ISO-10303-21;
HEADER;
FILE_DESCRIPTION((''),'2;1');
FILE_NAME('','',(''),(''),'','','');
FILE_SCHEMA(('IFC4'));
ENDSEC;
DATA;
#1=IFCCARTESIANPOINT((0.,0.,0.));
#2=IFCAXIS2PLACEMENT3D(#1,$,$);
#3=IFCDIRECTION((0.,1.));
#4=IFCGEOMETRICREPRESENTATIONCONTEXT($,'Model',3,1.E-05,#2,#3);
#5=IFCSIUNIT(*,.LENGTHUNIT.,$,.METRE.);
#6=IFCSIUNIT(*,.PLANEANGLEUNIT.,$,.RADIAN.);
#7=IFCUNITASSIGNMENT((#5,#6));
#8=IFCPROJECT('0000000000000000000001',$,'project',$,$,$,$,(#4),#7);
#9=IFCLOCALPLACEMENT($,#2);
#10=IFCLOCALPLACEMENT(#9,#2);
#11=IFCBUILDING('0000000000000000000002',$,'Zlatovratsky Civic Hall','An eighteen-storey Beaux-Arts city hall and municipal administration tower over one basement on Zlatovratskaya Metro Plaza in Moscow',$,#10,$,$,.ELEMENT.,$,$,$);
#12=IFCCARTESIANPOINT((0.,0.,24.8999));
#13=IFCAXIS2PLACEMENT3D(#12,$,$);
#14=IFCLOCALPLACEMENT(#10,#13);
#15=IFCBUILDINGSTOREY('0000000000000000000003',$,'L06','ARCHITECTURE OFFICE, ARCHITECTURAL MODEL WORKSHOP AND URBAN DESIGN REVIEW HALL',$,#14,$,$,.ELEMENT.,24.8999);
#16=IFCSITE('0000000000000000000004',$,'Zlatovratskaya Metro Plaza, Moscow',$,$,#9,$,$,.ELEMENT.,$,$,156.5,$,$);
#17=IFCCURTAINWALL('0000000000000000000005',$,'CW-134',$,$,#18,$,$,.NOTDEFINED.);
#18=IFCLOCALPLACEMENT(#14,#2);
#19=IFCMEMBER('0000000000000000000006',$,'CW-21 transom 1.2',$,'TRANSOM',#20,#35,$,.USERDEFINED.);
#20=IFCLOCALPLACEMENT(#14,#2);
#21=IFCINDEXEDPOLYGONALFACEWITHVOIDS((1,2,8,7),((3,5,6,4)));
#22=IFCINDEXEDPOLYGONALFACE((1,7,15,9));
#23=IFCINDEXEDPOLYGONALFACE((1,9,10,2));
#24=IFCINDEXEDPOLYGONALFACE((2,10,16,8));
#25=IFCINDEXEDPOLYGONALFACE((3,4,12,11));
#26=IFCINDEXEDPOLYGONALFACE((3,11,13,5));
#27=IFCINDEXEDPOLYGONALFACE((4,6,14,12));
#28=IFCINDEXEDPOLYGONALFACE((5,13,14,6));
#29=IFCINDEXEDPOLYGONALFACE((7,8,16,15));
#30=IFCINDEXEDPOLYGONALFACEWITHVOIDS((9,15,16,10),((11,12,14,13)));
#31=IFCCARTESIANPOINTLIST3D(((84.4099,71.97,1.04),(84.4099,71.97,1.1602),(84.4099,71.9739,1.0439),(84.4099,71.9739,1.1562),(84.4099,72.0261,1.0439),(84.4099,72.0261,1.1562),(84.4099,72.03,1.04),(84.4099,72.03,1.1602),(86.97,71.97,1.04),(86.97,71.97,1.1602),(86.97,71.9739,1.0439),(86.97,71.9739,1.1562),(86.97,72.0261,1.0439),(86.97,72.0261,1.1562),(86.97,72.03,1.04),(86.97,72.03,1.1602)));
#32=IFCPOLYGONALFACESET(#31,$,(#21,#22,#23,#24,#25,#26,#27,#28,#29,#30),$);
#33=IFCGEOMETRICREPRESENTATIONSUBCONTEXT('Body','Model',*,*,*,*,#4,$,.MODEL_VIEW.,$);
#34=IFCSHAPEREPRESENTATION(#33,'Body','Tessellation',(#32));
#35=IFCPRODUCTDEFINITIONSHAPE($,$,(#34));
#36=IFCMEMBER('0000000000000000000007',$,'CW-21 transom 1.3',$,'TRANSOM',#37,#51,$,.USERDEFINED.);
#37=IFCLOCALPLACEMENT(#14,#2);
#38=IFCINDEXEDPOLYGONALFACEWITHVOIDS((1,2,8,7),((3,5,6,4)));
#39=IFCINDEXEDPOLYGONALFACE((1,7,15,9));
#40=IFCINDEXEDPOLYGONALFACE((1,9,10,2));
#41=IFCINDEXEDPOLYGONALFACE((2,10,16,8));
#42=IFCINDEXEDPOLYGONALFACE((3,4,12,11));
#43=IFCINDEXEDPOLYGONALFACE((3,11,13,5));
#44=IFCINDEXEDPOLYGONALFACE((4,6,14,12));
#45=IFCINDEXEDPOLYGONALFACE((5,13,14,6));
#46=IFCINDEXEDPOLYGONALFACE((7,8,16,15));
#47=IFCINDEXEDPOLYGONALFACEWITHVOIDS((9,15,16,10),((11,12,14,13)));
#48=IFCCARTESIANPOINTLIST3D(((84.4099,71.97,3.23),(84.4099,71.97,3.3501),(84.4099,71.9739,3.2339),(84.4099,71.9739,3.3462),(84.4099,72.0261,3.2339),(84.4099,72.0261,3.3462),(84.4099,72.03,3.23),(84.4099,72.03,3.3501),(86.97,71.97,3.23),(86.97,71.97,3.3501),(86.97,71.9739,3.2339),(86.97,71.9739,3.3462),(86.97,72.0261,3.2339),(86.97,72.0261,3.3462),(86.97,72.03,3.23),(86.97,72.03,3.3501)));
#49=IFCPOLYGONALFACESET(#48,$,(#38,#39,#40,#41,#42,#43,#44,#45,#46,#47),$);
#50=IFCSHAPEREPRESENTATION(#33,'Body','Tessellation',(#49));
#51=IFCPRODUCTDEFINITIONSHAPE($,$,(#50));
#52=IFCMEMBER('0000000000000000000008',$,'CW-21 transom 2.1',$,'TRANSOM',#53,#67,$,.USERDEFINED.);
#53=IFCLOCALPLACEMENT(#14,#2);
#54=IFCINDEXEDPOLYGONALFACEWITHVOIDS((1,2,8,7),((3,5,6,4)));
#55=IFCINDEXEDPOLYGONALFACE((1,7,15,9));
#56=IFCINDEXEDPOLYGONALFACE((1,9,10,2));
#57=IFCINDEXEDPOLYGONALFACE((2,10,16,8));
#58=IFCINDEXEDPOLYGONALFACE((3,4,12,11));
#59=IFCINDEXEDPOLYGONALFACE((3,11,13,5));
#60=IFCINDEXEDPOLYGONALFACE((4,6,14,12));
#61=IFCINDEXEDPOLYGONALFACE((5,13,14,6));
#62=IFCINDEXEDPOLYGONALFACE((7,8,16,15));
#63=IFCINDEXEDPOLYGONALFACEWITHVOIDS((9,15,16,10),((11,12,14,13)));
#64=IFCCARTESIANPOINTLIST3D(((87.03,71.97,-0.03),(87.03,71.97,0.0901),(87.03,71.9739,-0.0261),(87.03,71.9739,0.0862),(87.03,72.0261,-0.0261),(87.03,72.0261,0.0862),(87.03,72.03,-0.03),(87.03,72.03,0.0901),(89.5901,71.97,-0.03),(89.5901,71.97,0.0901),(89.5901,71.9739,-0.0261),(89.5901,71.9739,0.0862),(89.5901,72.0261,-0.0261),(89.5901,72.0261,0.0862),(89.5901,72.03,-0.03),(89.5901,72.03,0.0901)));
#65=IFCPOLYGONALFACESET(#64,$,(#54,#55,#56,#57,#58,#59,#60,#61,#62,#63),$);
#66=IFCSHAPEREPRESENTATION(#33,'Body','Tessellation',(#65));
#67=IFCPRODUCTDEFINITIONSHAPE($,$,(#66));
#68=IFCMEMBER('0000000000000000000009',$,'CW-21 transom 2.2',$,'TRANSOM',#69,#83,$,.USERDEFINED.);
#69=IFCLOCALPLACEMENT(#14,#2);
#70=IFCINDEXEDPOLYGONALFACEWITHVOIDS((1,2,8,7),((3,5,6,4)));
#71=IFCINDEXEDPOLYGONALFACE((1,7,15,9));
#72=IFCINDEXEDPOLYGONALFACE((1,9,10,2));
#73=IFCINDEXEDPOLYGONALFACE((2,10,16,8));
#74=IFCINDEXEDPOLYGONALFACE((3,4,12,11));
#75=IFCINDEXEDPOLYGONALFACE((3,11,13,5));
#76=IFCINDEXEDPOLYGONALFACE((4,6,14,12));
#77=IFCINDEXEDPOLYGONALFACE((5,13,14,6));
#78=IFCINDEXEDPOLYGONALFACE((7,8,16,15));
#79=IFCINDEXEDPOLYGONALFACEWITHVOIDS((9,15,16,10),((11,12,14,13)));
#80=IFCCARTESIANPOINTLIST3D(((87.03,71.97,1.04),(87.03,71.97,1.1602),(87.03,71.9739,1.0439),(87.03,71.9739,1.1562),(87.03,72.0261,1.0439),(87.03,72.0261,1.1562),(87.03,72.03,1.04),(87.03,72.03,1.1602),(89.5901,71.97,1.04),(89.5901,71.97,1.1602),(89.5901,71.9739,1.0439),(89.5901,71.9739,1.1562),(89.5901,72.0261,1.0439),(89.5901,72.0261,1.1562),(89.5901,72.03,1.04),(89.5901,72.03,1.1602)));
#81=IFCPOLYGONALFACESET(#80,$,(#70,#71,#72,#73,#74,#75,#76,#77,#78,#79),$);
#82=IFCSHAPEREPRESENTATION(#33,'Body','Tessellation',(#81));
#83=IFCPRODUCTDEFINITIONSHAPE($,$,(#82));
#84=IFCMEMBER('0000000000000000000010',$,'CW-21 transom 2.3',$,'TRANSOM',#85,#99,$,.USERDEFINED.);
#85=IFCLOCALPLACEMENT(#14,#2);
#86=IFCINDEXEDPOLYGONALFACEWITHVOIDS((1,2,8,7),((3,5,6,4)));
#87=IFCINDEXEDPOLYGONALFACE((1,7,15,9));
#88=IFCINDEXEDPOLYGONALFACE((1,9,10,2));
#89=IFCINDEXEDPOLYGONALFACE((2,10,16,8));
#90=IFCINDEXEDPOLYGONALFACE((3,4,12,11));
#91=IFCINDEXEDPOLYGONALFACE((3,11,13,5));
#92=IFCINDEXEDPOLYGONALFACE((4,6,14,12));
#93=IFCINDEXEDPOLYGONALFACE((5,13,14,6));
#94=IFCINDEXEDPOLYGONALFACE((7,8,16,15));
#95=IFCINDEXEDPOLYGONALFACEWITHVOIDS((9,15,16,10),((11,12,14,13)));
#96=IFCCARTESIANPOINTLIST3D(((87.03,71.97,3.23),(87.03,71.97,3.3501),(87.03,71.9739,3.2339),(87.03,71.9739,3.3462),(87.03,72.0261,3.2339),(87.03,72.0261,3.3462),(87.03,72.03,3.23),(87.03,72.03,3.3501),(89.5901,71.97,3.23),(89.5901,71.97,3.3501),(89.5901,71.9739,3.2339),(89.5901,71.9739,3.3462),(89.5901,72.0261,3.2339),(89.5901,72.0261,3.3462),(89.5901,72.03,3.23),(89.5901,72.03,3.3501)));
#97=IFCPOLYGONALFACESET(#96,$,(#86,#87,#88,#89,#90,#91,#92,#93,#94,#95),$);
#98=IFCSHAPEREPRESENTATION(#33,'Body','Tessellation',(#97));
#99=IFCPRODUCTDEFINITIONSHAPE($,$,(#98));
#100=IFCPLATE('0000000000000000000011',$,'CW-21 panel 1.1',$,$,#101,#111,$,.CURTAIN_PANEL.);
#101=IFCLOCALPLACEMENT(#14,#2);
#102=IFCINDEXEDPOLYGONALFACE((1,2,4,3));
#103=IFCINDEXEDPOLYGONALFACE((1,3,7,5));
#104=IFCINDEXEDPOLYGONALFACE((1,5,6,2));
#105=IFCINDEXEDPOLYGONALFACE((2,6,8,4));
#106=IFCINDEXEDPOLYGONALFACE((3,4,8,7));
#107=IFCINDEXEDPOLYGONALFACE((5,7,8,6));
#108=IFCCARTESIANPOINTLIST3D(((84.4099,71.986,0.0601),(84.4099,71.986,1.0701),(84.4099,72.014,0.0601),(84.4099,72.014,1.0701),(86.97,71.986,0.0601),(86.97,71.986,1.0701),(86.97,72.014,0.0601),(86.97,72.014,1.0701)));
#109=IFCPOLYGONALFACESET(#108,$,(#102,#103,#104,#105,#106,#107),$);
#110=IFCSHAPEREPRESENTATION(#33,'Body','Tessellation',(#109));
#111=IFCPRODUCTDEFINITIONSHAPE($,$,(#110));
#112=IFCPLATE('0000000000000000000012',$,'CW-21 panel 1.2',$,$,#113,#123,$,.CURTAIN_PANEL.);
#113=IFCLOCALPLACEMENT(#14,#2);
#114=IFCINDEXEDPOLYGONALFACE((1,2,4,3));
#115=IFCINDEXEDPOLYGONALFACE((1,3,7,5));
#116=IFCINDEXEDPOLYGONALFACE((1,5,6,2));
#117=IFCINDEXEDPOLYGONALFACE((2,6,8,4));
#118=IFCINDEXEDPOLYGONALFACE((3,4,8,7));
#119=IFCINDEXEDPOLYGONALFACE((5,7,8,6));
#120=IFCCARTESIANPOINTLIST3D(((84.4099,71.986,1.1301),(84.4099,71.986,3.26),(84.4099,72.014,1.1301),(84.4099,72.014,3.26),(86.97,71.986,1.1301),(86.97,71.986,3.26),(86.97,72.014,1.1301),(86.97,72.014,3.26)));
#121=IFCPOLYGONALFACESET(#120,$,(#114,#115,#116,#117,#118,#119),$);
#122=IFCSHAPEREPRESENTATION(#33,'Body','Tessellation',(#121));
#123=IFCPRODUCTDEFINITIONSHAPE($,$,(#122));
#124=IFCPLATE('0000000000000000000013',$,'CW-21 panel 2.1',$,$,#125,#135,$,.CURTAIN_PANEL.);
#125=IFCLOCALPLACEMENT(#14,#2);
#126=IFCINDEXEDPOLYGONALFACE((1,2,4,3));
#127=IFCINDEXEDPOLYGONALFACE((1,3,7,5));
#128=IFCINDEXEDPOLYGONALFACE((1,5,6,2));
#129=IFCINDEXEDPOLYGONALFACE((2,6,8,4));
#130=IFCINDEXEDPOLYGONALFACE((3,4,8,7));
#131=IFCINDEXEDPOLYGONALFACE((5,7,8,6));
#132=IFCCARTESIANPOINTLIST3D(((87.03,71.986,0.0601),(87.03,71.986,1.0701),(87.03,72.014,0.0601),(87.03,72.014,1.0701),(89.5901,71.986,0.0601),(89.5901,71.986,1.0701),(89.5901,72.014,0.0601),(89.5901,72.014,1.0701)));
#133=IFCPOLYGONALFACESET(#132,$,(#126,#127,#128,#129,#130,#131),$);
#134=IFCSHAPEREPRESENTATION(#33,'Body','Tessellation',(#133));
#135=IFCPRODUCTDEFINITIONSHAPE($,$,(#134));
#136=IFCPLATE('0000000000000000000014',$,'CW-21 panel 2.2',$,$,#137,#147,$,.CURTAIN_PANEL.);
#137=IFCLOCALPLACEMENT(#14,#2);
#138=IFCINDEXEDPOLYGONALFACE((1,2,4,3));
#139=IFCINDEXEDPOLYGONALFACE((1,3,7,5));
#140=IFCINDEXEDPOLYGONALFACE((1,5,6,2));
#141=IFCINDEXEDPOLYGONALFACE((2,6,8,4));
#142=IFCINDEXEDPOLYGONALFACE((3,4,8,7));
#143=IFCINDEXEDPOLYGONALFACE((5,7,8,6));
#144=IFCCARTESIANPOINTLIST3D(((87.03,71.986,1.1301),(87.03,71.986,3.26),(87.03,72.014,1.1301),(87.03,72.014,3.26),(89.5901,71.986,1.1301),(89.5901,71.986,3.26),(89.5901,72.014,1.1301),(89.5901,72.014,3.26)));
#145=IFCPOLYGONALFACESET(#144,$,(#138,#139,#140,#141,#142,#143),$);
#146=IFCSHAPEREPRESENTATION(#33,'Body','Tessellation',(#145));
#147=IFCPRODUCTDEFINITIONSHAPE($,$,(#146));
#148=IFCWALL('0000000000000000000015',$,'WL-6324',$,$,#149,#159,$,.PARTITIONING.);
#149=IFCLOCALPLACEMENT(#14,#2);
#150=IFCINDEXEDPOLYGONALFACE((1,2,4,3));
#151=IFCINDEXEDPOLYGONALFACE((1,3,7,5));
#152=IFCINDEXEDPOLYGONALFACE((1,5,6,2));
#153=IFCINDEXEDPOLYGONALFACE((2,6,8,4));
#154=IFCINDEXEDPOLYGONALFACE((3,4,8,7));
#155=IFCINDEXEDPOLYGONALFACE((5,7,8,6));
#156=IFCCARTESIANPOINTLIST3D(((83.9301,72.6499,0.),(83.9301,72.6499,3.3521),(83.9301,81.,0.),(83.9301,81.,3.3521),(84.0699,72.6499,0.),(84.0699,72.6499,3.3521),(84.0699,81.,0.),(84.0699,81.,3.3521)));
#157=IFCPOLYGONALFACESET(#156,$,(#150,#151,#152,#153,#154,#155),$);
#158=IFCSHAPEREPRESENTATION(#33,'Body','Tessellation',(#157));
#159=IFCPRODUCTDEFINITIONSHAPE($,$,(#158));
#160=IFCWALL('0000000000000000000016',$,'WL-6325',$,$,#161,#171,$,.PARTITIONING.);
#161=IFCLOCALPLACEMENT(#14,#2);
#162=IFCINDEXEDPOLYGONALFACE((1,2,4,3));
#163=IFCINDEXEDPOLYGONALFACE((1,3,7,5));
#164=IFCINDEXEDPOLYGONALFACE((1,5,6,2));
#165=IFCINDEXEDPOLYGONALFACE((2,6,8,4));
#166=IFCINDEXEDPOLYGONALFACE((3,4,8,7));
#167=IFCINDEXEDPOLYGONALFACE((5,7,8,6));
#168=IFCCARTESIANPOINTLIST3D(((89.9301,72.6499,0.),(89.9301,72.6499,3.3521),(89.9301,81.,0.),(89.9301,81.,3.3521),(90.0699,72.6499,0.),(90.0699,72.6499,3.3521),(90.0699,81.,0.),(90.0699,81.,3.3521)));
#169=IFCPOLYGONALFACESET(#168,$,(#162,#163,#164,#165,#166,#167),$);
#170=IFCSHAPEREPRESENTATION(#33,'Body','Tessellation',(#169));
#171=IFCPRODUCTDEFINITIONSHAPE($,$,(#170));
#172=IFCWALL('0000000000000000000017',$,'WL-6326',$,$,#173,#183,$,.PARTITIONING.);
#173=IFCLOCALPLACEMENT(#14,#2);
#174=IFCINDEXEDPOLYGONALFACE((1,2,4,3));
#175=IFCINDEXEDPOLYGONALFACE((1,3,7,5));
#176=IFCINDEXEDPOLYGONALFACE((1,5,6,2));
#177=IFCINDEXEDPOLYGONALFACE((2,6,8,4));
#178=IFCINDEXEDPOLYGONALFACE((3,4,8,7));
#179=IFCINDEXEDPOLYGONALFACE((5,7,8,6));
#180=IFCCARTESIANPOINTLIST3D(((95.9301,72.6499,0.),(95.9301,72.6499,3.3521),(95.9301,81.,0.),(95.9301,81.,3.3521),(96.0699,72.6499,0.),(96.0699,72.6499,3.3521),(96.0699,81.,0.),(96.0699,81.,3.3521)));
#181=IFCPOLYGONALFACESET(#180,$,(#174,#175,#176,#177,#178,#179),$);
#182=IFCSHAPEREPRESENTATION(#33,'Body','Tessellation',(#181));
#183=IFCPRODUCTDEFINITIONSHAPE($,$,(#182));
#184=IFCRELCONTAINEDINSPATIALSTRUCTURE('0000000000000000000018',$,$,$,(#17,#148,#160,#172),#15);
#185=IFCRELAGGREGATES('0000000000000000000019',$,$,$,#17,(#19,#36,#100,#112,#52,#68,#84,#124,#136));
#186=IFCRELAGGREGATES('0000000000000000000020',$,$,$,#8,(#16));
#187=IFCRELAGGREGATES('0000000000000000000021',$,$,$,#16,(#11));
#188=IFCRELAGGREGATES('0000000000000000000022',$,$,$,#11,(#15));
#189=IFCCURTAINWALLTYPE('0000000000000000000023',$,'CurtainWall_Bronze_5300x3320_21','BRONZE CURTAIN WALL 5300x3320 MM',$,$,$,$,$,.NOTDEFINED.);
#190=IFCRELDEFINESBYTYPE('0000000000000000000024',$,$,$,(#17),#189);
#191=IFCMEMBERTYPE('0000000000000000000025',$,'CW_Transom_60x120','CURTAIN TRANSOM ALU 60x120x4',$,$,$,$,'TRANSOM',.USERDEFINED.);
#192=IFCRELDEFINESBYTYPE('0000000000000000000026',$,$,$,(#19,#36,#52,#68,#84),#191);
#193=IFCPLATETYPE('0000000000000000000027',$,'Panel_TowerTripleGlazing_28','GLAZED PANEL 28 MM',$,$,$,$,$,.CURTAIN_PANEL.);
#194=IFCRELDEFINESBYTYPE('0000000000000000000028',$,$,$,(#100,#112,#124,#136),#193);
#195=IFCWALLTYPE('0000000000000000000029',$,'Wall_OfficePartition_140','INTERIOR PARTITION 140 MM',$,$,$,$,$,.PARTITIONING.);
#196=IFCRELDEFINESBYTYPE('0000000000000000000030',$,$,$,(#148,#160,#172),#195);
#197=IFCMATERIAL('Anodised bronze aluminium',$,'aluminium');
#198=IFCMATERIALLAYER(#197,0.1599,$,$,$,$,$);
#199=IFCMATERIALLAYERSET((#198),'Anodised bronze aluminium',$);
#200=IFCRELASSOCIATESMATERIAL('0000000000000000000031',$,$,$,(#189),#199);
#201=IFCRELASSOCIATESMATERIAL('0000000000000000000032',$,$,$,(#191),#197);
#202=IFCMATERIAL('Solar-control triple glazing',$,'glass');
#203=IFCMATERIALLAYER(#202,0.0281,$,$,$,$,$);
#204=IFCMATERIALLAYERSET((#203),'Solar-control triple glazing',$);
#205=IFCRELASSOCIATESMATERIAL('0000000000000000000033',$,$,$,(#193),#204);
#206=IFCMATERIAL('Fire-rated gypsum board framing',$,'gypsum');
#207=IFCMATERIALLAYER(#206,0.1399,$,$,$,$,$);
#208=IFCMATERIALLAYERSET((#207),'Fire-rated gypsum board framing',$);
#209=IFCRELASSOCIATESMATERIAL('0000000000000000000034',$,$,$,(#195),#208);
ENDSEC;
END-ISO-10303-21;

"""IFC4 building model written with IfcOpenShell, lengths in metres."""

from ifc_helpers import new_model, si_unit, direction, frame, frame_2d, origin, origin_2d, place, context, subcontext, project, spatial, rectangle, hollow_rectangle, extrude, material, layer, layer_set, material_profile, profile_set, type_object, element, aggregate, save


model = new_model("IFC4")

# Units and contexts
model_context = context("Model", 3, precision=1e-05, world=origin(), true_north=direction((0.0, 1.0)))
body_context = subcontext(model_context, "Body", "Model", "MODEL_VIEW")
ifc_project = project(units=[si_unit("LENGTHUNIT", "METRE"), si_unit("PLANEANGLEUNIT", "RADIAN")], contexts=[model_context])

# Site, building, storey
site_placement = place(None, origin())
site = spatial("IfcSite", under=ifc_project, at=site_placement, Name="Zlatovratskaya Metro Plaza, Moscow", CompositionType="ELEMENT", RefElevation=156.5)
building_placement = place(site_placement, origin())
building = spatial("IfcBuilding", under=site, at=building_placement, Name="Zlatovratsky Civic Hall", Description="An eighteen-storey Beaux-Arts city hall and municipal administration tower over one basement on Zlatovratskaya Metro Plaza in Moscow", CompositionType="ELEMENT")
storey_placement = place(building_placement, frame((0.0, 0.0, 24.8999)))
storey = spatial("IfcBuildingStorey", under=building, at=storey_placement, Name="L06", Description="ARCHITECTURE OFFICE, ARCHITECTURAL MODEL WORKSHOP AND URBAN DESIGN REVIEW HALL", CompositionType="ELEMENT", Elevation=24.8999)

# Shared definitions
ifc_material_1 = material(Name="Anodised bronze aluminium", Category="aluminium")
ifc_layer_1 = layer(ifc_material_1, 0.1599)
ifc_layer_set_1 = layer_set([ifc_layer_1], Name="Anodised bronze aluminium")
curtain_wall_type = type_object("IfcCurtainWallType", Name="CurtainWall_Bronze_5300x3320_21", Description="BRONZE CURTAIN WALL 5300x3320 MM", PredefinedType="NOTDEFINED", material=ifc_layer_set_1)

# Curtain wall, members, plates
curtain_wall_1_placement = place(storey_placement, origin())
curtain_wall_1 = element("IfcCurtainWall", 1, at=curtain_wall_1_placement, inside=storey, type_object=curtain_wall_type, Name="CW-134", PredefinedType="NOTDEFINED")
ifc_material_profile_1 = material_profile(ifc_material_1, hollow_rectangle(XDim=0.0601, YDim=0.1201, WallThickness=0.0039, at=origin_2d()), Name="ALU 60x120x4")
ifc_profile_set_1 = profile_set([ifc_material_profile_1], Name="Anodised bronze aluminium")
member_type_1 = type_object("IfcMemberType", Name="CW_Transom_60x120", Description="CURTAIN TRANSOM ALU 60x120x4", ElementType="TRANSOM", PredefinedType="USERDEFINED", material=ifc_profile_set_1)
member_1_placement = place(storey_placement, frame((84.4099, 72.0, 1.1001), z_axis=(1.0, 0.0, 0.0), x_axis=(0.0, 1.0, 0.0)))
member_1 = element("IfcMember", 2, at=member_1_placement, type_object=member_type_1, Name="CW-21 transom 1.2", ObjectType="TRANSOM", PredefinedType="USERDEFINED", context=body_context, shape_type="SweptSolid", body=[
    extrude(hollow_rectangle(XDim=0.0601, YDim=0.1201, WallThickness=0.0039, at=origin_2d()), origin(), (0.0, 0.0, 1.0), 2.5601),
])
member_2_placement = place(storey_placement, frame((84.4099, 72.0, 3.29), z_axis=(1.0, 0.0, 0.0), x_axis=(0.0, 1.0, 0.0)))
member_2 = element("IfcMember", 3, at=member_2_placement, type_object=member_type_1, Name="CW-21 transom 1.3", ObjectType="TRANSOM", PredefinedType="USERDEFINED", context=body_context, shape_type="SweptSolid", body=[
    extrude(hollow_rectangle(XDim=0.0601, YDim=0.1201, WallThickness=0.0039, at=origin_2d()), origin(), (0.0, 0.0, 1.0), 2.5601),
])
member_3_placement = place(storey_placement, frame((87.03, 72.0, 0.03), z_axis=(1.0, 0.0, 0.0), x_axis=(0.0, 1.0, 0.0)))
member_3 = element("IfcMember", 4, at=member_3_placement, type_object=member_type_1, Name="CW-21 transom 2.1", ObjectType="TRANSOM", PredefinedType="USERDEFINED", context=body_context, shape_type="SweptSolid", body=[
    extrude(hollow_rectangle(XDim=0.0601, YDim=0.1201, WallThickness=0.0039, at=origin_2d()), origin(), (0.0, 0.0, 1.0), 2.5601),
])
member_4_placement = place(storey_placement, frame((87.03, 72.0, 1.1001), z_axis=(1.0, 0.0, 0.0), x_axis=(0.0, 1.0, 0.0)))
member_4 = element("IfcMember", 5, at=member_4_placement, type_object=member_type_1, Name="CW-21 transom 2.2", ObjectType="TRANSOM", PredefinedType="USERDEFINED", context=body_context, shape_type="SweptSolid", body=[
    extrude(hollow_rectangle(XDim=0.0601, YDim=0.1201, WallThickness=0.0039, at=origin_2d()), origin(), (0.0, 0.0, 1.0), 2.5601),
])
member_5_placement = place(storey_placement, frame((87.03, 72.0, 3.29), z_axis=(1.0, 0.0, 0.0), x_axis=(0.0, 1.0, 0.0)))
member_5 = element("IfcMember", 6, at=member_5_placement, type_object=member_type_1, Name="CW-21 transom 2.3", ObjectType="TRANSOM", PredefinedType="USERDEFINED", context=body_context, shape_type="SweptSolid", body=[
    extrude(hollow_rectangle(XDim=0.0601, YDim=0.1201, WallThickness=0.0039, at=origin_2d()), origin(), (0.0, 0.0, 1.0), 2.5601),
])
ifc_material_2 = material(Name="Solar-control triple glazing", Category="glass")
ifc_layer_2 = layer(ifc_material_2, 0.0281)
ifc_layer_set_2 = layer_set([ifc_layer_2], Name="Solar-control triple glazing")
plate_type = type_object("IfcPlateType", Name="Panel_TowerTripleGlazing_28", Description="GLAZED PANEL 28 MM", PredefinedType="CURTAIN_PANEL", material=ifc_layer_set_2)
plate_1_placement = place(storey_placement, frame((85.6899, 72.0, 0.0601), z_axis=(0.0, 0.0, 1.0), x_axis=(1.0, 0.0, 0.0)))
plate_1 = element("IfcPlate", 7, at=plate_1_placement, type_object=plate_type, Name="CW-21 panel 1.1", PredefinedType="CURTAIN_PANEL", context=body_context, shape_type="SweptSolid", body=[
    extrude(rectangle(XDim=2.5601, YDim=0.0281, at=origin_2d()), origin(), (0.0, 0.0, 1.0), 1.01),
])
plate_2_placement = place(storey_placement, frame((85.6899, 72.0, 1.1301), z_axis=(0.0, 0.0, 1.0), x_axis=(1.0, 0.0, 0.0)))
plate_2 = element("IfcPlate", 8, at=plate_2_placement, type_object=plate_type, Name="CW-21 panel 1.2", PredefinedType="CURTAIN_PANEL", context=body_context, shape_type="SweptSolid", body=[
    extrude(rectangle(XDim=2.5601, YDim=0.0281, at=origin_2d()), origin(), (0.0, 0.0, 1.0), 2.1299),
])
plate_3_placement = place(storey_placement, frame((88.3101, 72.0, 0.0601), z_axis=(0.0, 0.0, 1.0), x_axis=(1.0, 0.0, 0.0)))
plate_3 = element("IfcPlate", 9, at=plate_3_placement, type_object=plate_type, Name="CW-21 panel 2.1", PredefinedType="CURTAIN_PANEL", context=body_context, shape_type="SweptSolid", body=[
    extrude(rectangle(XDim=2.5601, YDim=0.0281, at=origin_2d()), origin(), (0.0, 0.0, 1.0), 1.01),
])
plate_4_placement = place(storey_placement, frame((88.3101, 72.0, 1.1301), z_axis=(0.0, 0.0, 1.0), x_axis=(1.0, 0.0, 0.0)))
plate_4 = element("IfcPlate", 10, at=plate_4_placement, type_object=plate_type, Name="CW-21 panel 2.2", PredefinedType="CURTAIN_PANEL", context=body_context, shape_type="SweptSolid", body=[
    extrude(rectangle(XDim=2.5601, YDim=0.0281, at=origin_2d()), origin(), (0.0, 0.0, 1.0), 2.1299),
])
aggregate(curtain_wall_1, [member_1, member_2, plate_1, plate_2, member_3, member_4, member_5, plate_3, plate_4])

# Walls
ifc_material_3 = material(Name="Fire-rated gypsum board framing", Category="gypsum")
ifc_layer_3 = layer(ifc_material_3, 0.1399)
ifc_layer_set_3 = layer_set([ifc_layer_3], Name="Fire-rated gypsum board framing")
wall_type_1 = type_object("IfcWallType", Name="Wall_OfficePartition_140", Description="INTERIOR PARTITION 140 MM", PredefinedType="PARTITIONING", material=ifc_layer_set_3)
for number, where, z_axis, x_axis, name in (
    (11, (84.0, 72.6499, 0.0), (0.0, 0.0, 1.0), (0.0, 1.0, 0.0), "WL-6324"),
    (12, (90.0, 72.6499, 0.0), (0.0, 0.0, 1.0), (0.0, 1.0, 0.0), "WL-6325"),
    (13, (96.0, 72.6499, 0.0), (0.0, 0.0, 1.0), (0.0, 1.0, 0.0), "WL-6326"),
):
    element("IfcWall", number, at=place(storey_placement, frame(where, z_axis=z_axis, x_axis=x_axis)), inside=storey, type_object=wall_type_1, Name=name, PredefinedType="PARTITIONING", context=body_context, shape_type="SweptSolid", body=[
        extrude(rectangle(XDim=8.3501, YDim=0.1399, at=frame_2d((4.175, 0.0))), origin(), (0.0, 0.0, 1.0), 3.3521),
    ])

save(model, "model.ifc")
